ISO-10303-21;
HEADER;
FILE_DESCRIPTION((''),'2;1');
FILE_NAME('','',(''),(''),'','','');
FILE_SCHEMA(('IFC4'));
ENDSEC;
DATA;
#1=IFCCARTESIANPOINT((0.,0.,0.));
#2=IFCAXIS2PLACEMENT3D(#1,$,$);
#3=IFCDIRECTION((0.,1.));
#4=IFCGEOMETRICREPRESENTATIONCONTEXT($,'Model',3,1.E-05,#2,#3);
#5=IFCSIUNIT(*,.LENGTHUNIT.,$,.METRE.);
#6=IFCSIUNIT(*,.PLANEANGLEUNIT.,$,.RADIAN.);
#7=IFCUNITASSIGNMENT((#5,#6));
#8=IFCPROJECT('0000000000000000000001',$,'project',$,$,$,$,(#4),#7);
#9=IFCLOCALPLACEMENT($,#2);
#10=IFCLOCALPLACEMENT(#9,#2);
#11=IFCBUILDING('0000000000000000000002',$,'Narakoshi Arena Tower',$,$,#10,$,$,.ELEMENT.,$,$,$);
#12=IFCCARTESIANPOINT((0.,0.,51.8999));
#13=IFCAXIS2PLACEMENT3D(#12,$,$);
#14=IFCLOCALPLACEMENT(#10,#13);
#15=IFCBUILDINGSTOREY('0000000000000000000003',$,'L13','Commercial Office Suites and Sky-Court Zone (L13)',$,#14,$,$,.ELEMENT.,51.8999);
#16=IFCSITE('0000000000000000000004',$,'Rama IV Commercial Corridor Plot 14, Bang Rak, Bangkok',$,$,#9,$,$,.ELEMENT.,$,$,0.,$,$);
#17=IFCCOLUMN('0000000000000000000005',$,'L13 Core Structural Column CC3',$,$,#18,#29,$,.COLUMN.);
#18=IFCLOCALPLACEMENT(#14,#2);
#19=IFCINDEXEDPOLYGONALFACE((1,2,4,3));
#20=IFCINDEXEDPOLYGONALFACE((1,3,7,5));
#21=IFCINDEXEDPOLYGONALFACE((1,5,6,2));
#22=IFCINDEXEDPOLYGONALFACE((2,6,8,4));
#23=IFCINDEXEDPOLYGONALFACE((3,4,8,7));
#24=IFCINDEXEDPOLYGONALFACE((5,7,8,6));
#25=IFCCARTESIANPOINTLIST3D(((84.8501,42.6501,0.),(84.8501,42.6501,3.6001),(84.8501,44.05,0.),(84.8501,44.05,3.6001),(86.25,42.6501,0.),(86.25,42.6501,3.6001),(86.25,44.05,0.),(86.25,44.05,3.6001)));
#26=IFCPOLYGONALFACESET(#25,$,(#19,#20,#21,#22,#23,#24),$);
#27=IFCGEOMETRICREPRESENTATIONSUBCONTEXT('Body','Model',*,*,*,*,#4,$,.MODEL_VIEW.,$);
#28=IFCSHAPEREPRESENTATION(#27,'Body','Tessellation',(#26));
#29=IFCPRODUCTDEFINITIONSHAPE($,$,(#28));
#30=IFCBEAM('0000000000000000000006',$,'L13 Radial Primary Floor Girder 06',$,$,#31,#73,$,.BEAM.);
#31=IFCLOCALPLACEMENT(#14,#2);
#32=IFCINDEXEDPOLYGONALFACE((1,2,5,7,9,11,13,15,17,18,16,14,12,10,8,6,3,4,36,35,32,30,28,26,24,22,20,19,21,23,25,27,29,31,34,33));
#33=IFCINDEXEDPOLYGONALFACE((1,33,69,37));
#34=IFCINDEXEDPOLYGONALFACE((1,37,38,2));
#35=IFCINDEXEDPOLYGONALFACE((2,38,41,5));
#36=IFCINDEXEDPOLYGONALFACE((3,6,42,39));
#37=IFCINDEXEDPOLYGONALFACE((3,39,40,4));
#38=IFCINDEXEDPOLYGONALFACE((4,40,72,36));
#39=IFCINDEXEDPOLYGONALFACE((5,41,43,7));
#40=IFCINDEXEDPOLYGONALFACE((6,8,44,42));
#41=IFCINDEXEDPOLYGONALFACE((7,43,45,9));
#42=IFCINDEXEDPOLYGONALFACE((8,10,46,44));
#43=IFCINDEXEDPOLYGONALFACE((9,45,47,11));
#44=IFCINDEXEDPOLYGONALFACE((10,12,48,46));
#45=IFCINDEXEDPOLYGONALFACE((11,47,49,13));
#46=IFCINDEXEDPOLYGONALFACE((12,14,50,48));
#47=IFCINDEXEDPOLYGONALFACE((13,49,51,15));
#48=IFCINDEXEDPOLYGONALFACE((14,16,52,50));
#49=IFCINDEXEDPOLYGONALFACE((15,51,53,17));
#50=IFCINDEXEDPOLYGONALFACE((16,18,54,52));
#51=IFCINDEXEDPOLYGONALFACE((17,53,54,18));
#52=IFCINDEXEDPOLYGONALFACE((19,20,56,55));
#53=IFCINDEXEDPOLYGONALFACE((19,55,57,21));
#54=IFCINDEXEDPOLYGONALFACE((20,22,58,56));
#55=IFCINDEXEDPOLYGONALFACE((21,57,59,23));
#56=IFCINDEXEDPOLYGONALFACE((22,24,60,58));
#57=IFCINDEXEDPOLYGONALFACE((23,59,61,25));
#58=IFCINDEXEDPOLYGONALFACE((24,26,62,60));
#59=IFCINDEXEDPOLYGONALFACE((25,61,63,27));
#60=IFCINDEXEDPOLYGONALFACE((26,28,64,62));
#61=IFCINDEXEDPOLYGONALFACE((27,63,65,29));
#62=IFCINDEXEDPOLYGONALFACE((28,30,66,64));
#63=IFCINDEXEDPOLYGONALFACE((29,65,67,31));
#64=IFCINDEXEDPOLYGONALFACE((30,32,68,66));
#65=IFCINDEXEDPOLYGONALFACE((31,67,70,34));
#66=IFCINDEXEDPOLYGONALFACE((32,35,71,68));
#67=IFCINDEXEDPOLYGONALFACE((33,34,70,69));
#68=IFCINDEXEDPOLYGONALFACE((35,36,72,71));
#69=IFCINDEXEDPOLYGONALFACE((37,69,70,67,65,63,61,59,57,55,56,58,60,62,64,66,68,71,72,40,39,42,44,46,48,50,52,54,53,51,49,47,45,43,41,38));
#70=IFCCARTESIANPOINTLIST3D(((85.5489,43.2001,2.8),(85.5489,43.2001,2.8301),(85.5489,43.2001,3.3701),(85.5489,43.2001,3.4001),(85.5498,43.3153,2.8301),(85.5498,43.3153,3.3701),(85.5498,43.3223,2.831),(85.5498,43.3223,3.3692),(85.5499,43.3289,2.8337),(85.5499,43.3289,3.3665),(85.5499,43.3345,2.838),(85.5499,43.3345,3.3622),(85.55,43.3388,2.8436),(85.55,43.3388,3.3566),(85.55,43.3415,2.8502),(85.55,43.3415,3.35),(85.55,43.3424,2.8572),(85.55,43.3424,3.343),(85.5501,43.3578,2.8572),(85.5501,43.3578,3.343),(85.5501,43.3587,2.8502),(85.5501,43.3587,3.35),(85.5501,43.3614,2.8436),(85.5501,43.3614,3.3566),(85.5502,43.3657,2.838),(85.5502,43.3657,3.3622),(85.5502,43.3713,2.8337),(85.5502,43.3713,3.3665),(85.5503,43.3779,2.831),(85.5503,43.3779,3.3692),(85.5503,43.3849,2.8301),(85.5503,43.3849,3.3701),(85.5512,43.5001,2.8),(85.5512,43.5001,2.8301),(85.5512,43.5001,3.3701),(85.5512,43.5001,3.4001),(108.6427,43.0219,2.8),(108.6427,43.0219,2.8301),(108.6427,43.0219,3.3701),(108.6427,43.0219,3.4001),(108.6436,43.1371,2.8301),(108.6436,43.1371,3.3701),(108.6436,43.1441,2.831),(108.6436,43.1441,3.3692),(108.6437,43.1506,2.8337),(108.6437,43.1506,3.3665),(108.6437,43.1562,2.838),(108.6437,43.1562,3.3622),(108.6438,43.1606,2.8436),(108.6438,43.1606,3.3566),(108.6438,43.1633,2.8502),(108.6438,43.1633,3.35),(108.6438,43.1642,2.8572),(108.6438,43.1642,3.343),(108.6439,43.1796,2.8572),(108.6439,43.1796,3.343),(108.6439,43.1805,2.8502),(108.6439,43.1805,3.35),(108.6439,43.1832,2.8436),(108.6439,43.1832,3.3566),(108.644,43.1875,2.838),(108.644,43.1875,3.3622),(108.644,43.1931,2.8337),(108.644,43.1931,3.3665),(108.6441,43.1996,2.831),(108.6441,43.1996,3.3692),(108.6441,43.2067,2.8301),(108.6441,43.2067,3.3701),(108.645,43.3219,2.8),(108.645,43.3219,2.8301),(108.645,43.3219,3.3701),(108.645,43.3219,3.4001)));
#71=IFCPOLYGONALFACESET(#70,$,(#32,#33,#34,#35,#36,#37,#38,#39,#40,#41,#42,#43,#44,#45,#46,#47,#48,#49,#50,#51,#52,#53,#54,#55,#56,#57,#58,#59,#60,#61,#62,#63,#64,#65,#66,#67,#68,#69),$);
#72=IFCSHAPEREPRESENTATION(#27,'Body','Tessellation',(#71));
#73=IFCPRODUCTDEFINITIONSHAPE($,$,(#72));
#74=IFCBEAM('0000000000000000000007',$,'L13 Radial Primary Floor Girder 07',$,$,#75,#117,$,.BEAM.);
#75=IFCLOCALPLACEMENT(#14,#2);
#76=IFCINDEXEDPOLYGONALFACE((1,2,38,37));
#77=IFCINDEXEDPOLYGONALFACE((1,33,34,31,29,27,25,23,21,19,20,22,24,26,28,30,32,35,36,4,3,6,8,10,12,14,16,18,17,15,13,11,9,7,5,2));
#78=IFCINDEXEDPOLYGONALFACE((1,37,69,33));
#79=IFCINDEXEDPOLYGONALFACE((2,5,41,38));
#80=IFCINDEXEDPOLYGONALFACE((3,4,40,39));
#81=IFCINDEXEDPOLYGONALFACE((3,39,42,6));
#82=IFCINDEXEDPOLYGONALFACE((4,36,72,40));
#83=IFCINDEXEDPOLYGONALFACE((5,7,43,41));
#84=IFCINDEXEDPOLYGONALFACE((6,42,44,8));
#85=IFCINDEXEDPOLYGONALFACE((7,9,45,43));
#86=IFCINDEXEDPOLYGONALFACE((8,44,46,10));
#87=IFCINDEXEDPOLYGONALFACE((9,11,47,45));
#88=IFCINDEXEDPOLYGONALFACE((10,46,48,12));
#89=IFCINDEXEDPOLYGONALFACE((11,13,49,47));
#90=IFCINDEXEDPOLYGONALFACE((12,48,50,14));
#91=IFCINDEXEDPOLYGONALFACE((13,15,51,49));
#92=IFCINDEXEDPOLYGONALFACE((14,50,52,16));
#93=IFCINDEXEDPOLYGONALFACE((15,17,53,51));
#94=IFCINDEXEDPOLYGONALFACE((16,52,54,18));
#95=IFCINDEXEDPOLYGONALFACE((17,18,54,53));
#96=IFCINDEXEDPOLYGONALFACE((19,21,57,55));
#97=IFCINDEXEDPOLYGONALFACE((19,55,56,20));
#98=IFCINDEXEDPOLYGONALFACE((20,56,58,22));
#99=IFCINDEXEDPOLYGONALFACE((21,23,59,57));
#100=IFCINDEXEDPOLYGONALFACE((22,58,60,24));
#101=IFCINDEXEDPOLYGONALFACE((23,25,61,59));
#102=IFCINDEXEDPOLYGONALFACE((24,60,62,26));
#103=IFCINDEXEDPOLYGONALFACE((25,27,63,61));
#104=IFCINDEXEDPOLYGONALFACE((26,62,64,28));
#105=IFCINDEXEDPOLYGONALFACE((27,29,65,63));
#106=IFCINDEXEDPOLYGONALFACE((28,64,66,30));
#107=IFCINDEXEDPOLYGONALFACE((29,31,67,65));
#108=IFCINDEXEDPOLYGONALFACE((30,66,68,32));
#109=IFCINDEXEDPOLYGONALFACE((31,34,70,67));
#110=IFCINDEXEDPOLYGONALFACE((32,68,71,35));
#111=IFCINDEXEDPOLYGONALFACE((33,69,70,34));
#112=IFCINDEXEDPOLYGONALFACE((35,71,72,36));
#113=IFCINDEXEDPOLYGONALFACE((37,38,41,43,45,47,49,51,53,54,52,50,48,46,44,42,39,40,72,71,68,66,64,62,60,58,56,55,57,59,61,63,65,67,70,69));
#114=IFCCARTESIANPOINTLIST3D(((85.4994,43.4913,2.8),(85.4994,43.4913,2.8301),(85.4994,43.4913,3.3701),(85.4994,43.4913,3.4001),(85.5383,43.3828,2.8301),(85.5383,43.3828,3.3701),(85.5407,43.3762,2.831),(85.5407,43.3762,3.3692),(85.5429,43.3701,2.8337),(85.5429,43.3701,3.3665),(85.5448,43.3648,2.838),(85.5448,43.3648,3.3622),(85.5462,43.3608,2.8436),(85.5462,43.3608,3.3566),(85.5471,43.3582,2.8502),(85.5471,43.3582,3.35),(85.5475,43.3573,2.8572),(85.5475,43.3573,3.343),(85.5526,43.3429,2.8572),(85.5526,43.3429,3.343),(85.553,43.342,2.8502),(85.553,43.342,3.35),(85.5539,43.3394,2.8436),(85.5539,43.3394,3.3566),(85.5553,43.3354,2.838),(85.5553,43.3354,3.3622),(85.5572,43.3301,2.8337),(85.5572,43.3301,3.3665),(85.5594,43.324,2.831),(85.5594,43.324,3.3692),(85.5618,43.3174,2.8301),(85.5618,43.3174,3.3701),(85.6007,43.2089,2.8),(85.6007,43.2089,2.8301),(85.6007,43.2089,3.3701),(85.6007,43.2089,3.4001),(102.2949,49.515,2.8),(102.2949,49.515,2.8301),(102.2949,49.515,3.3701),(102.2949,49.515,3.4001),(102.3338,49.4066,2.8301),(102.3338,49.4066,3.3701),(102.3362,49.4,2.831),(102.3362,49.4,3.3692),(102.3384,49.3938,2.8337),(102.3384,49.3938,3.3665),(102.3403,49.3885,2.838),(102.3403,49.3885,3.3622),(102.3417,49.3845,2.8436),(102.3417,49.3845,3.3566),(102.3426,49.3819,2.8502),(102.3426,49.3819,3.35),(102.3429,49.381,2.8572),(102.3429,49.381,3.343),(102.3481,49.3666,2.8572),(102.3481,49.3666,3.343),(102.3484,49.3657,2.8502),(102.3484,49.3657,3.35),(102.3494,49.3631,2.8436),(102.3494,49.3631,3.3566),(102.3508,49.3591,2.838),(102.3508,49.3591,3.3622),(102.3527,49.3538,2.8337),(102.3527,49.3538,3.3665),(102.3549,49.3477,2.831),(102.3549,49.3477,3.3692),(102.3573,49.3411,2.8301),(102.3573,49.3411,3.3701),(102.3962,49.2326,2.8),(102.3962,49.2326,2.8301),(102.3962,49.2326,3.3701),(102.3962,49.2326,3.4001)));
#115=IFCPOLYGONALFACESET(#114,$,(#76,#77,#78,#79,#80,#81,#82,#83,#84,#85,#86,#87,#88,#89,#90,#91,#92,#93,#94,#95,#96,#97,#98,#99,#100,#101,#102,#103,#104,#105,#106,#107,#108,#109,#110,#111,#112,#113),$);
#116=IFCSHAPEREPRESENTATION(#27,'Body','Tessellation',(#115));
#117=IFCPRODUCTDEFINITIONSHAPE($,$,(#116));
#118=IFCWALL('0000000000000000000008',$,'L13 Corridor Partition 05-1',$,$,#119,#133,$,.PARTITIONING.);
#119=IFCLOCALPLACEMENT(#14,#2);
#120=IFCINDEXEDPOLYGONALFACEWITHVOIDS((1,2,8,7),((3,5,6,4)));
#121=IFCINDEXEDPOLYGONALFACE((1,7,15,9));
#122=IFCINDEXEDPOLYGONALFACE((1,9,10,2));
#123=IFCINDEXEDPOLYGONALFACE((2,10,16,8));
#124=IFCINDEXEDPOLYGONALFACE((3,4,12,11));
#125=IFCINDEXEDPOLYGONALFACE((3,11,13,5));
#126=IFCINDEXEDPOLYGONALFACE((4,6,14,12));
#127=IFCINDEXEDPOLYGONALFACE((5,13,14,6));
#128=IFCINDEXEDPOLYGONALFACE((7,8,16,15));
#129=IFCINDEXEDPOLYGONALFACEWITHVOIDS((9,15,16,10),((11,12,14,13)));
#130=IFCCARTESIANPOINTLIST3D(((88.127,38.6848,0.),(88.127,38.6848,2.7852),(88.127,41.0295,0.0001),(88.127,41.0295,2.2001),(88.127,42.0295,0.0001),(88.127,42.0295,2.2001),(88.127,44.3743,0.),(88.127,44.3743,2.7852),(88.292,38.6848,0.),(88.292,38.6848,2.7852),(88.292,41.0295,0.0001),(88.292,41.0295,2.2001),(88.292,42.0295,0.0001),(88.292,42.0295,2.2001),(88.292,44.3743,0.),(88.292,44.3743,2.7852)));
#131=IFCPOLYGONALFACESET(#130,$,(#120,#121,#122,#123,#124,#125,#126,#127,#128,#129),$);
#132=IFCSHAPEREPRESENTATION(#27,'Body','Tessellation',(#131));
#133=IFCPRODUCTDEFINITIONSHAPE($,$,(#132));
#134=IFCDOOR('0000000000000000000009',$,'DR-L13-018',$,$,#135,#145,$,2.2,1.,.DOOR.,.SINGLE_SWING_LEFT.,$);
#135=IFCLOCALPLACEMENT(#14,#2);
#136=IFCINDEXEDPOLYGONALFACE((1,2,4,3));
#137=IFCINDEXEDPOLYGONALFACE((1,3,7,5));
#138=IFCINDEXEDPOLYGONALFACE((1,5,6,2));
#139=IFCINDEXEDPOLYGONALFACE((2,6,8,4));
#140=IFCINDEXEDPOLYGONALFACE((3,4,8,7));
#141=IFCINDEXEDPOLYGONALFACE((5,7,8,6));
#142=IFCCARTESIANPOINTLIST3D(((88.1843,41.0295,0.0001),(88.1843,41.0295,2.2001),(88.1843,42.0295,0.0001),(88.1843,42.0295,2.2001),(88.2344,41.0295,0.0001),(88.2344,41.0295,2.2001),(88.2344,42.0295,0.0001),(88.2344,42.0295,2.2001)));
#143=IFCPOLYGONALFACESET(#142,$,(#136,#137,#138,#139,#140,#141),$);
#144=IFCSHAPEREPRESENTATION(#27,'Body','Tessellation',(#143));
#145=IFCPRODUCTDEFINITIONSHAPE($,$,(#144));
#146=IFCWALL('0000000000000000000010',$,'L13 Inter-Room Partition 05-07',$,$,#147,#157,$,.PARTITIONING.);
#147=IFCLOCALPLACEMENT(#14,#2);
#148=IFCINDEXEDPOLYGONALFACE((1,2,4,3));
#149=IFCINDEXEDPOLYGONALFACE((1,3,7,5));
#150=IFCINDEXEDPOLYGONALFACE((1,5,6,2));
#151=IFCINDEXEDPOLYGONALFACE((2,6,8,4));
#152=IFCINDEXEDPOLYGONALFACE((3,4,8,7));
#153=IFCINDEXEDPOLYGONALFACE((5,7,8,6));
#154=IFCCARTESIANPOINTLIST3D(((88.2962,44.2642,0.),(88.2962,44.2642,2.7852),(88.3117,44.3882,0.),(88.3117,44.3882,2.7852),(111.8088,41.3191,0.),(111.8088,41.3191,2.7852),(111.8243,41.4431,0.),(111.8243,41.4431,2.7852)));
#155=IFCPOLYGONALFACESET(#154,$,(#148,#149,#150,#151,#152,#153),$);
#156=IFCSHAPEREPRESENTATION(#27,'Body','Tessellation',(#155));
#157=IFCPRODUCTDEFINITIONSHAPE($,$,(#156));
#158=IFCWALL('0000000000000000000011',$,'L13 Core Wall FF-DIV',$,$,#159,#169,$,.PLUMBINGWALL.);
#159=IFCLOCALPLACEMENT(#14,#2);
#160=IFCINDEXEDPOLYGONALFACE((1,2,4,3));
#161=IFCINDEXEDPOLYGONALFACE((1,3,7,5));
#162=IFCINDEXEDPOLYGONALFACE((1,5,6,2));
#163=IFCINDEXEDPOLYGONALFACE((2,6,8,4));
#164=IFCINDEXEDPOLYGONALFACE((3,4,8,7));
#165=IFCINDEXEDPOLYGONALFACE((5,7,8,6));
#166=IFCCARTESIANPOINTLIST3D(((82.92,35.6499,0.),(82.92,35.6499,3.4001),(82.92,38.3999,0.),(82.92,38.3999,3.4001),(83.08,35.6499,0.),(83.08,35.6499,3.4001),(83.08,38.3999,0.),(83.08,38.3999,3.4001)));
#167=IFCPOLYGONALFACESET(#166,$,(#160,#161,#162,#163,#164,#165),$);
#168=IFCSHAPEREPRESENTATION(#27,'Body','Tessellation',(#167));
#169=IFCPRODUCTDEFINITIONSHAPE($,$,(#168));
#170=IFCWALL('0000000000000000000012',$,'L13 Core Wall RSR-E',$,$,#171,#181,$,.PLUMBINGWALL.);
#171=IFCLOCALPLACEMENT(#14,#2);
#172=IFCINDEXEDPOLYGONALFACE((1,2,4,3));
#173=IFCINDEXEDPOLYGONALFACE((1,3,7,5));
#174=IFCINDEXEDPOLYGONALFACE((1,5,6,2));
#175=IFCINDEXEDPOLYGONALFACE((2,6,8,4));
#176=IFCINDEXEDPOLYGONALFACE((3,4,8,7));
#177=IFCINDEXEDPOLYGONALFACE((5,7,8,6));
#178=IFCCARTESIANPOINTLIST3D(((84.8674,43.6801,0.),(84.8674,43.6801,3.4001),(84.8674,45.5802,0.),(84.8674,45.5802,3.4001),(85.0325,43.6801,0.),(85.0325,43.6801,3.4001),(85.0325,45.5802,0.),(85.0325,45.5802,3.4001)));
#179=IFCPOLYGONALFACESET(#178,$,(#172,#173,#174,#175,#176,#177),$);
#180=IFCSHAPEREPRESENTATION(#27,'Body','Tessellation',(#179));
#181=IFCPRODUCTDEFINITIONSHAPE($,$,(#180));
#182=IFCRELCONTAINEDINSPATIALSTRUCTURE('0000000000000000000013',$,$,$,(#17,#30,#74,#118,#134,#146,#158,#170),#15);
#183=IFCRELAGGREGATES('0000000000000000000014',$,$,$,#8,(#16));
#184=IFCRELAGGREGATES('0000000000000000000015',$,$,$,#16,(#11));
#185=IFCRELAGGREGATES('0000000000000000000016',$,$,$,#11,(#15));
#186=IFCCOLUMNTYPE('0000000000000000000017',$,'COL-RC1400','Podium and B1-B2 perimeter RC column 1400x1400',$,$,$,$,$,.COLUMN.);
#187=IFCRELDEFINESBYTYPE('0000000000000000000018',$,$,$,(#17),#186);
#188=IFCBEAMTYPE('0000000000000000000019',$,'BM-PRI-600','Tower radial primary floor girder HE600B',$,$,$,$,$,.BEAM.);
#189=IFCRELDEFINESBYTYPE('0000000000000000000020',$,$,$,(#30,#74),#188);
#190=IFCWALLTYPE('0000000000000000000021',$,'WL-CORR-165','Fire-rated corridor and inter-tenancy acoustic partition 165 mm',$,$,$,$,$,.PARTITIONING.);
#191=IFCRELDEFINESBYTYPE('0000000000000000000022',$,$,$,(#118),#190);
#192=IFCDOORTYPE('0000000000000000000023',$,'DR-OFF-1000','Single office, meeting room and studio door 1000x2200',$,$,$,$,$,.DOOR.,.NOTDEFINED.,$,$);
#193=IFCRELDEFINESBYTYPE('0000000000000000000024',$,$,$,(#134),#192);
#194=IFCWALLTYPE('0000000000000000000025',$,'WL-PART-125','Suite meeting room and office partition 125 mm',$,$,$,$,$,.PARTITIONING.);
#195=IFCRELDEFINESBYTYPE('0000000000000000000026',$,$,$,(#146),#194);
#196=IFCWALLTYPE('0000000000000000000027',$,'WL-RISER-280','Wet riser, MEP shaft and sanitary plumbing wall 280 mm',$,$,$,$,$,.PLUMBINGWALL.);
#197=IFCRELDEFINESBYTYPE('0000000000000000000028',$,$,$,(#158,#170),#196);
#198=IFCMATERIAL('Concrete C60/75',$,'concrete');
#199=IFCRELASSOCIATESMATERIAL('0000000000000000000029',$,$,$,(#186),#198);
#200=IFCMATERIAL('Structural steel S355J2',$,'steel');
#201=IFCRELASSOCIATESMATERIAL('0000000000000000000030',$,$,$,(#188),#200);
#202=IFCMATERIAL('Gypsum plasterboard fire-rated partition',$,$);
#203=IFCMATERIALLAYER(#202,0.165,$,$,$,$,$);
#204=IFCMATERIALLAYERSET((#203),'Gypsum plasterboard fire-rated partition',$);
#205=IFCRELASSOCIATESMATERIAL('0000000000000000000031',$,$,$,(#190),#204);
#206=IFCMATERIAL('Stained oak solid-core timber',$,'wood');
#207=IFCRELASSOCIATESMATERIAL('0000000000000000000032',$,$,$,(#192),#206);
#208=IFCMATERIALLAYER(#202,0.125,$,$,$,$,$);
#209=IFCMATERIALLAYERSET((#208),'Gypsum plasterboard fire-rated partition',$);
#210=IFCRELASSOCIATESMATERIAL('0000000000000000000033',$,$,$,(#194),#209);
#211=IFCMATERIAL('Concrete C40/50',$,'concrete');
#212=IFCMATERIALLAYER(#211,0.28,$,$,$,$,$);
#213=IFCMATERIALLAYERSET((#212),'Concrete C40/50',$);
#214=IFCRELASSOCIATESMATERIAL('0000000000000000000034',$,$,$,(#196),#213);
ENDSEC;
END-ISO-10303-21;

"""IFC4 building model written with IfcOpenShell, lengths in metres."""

from ifc_helpers import new_model, si_unit, direction, frame, frame_2d, origin, origin_2d, place, context, subcontext, project, spatial, rectangle, i_section, extrude, material, layer, layer_set, material_profile, profile_set, type_object, element, fill, save


model = new_model("IFC4")

# Units and contexts
model_context = context("Model", 3, precision=1e-05, world=origin(), true_north=direction((0.0, 1.0)))
body_context = subcontext(model_context, "Body", "Model", "MODEL_VIEW")
ifc_project = project(units=[si_unit("LENGTHUNIT", "METRE"), si_unit("PLANEANGLEUNIT", "RADIAN")], contexts=[model_context])

# Site, building, storey
site_placement = place(None, origin())
site = spatial("IfcSite", under=ifc_project, at=site_placement, Name="Rama IV Commercial Corridor Plot 14, Bang Rak, Bangkok", CompositionType="ELEMENT", RefElevation=0.0)
building_placement = place(site_placement, origin())
building = spatial("IfcBuilding", under=site, at=building_placement, Name="Narakoshi Arena Tower", CompositionType="ELEMENT")
storey_placement = place(building_placement, frame((0.0, 0.0, 51.8999)))
storey = spatial("IfcBuildingStorey", under=building, at=storey_placement, Name="L13", Description="Commercial Office Suites and Sky-Court Zone (L13)", CompositionType="ELEMENT", Elevation=51.8999)

# Column
ifc_material_1 = material(Name="Concrete C60/75", Category="concrete")
ifc_material_profile_1 = material_profile(ifc_material_1, rectangle(XDim=1.3999, YDim=1.3999, at=origin_2d()), Name="RC1400x1400")
ifc_profile_set_1 = profile_set([ifc_material_profile_1], Name="Concrete C60/75")
column_type = type_object("IfcColumnType", Name="COL-RC1400", Description="Podium and B1-B2 perimeter RC column 1400x1400", PredefinedType="COLUMN", material=ifc_profile_set_1)
column_placement = place(storey_placement, frame((85.55, 43.3501, 0.0), z_axis=(0.0, 0.0, 1.0), x_axis=(1.0, 0.0, 0.0)))
element("IfcColumn", 1, at=column_placement, inside=storey, type_object=column_type, Name="L13 Core Structural Column CC3", PredefinedType="COLUMN", context=body_context, shape_type="SweptSolid", body=[
    extrude(rectangle(XDim=1.3999, YDim=1.3999, at=origin_2d()), origin(), (0.0, 0.0, 1.0), 3.6001),
])

# Beams
ifc_material_2 = material(Name="Structural steel S355J2", Category="steel")
ifc_material_profile_2 = material_profile(ifc_material_2, i_section(OverallWidth=0.3, OverallDepth=0.6001, WebThickness=0.0154, FlangeThickness=0.03, FilletRadius=0.0271, at=origin_2d()), Name="HE600B")
ifc_profile_set_2 = profile_set([ifc_material_profile_2], Name="Structural steel S355J2")
beam_type = type_object("IfcBeamType", Name="BM-PRI-600", Description="Tower radial primary floor girder HE600B", PredefinedType="BEAM", material=ifc_profile_set_2)
beam_1_placement = place(storey_placement, frame((85.55, 43.3501, 3.1001), z_axis=(0.99997, -0.007717, 0.0), x_axis=(0.007717, 0.99997, 0.0)))
element("IfcBeam", 2, at=beam_1_placement, inside=storey, type_object=beam_type, Name="L13 Radial Primary Floor Girder 06", PredefinedType="BEAM", context=body_context, shape_type="SweptSolid", body=[
    extrude(i_section(OverallWidth=0.3, OverallDepth=0.6001, WebThickness=0.0154, FlangeThickness=0.03, FilletRadius=0.0271, at=origin_2d()), origin(), (0.0, 0.0, 1.0), 23.0945),
])
beam_2_placement = place(storey_placement, frame((85.55, 43.3501, 3.1001), z_axis=(0.941292, 0.337595, 0.0), x_axis=(-0.337595, 0.941292, 0.0)))
element("IfcBeam", 3, at=beam_2_placement, inside=storey, type_object=beam_type, Name="L13 Radial Primary Floor Girder 07", PredefinedType="BEAM", context=body_context, shape_type="SweptSolid", body=[
    extrude(i_section(OverallWidth=0.3, OverallDepth=0.6001, WebThickness=0.0154, FlangeThickness=0.03, FilletRadius=0.0271, at=origin_2d()), origin(), (0.0, 0.0, 1.0), 17.843),
])

# Wall, opening, door
ifc_material_3 = material(Name="Gypsum plasterboard fire-rated partition")
ifc_layer_1 = layer(ifc_material_3, 0.165)
ifc_layer_set_1 = layer_set([ifc_layer_1], Name="Gypsum plasterboard fire-rated partition")
wall_type_1 = type_object("IfcWallType", Name="WL-CORR-165", Description="Fire-rated corridor and inter-tenancy acoustic partition 165 mm", PredefinedType="PARTITIONING", material=ifc_layer_set_1)
wall_1_placement = place(storey_placement, frame((88.2095, 38.6848, 0.0), z_axis=(0.0, 0.0, 1.0), x_axis=(0.0, 1.0, 0.0)))
wall_1 = element("IfcWall", 4, at=wall_1_placement, inside=storey, type_object=wall_type_1, Name="L13 Corridor Partition 05-1", PredefinedType="PARTITIONING", context=body_context, shape_type="SweptSolid", body=[
    extrude(rectangle(XDim=5.6895, YDim=0.165, at=frame_2d((2.8447, 0.0))), origin(), (0.0, 0.0, 1.0), 2.7852),
])
opening_1_placement = place(wall_1_placement, frame((2.3447, 0.0, 0.0)))
opening_1 = element("IfcOpeningElement", 5, at=opening_1_placement, cuts=wall_1, PredefinedType="OPENING", context=body_context, shape_type="SweptSolid", body=[
    extrude(rectangle(XDim=1.0, YDim=2.2, at=frame_2d((0.5, 1.1001))), frame((0.0, 0.0925, 0.0), z_axis=(0.0, -1.0, 0.0), x_axis=(1.0, 0.0, 0.0)), (0.0, 0.0, 1.0), 0.1851),
])
ifc_material_4 = material(Name="Stained oak solid-core timber", Category="wood")
door_type_1 = type_object("IfcDoorType", Name="DR-OFF-1000", Description="Single office, meeting room and studio door 1000x2200", OperationType="NOTDEFINED", PredefinedType="DOOR", material=ifc_material_4)
door_1_placement = place(opening_1_placement, frame((1.0, 0.0, 0.0), z_axis=(0.0, 0.0, 1.0), x_axis=(-1.0, 0.0, 0.0)))
door_1 = element("IfcDoor", 6, at=door_1_placement, inside=storey, type_object=door_type_1, Name="DR-L13-018", OperationType="SINGLE_SWING_LEFT", OverallHeight=2.2, OverallWidth=1.0, PredefinedType="DOOR", context=body_context, shape_type="SweptSolid", body=[
    extrude(rectangle(XDim=1.0, YDim=2.2, at=frame_2d((0.5, 1.1001))), frame((0.0, 0.0249, 0.0), z_axis=(0.0, -1.0, 0.0), x_axis=(1.0, 0.0, 0.0)), (0.0, 0.0, 1.0), 0.05),
])
fill(opening_1, door_1)

# Walls
ifc_layer_2 = layer(ifc_material_3, 0.125)
ifc_layer_set_2 = layer_set([ifc_layer_2], Name="Gypsum plasterboard fire-rated partition")
wall_type_2 = type_object("IfcWallType", Name="WL-PART-125", Description="Suite meeting room and office partition 125 mm", PredefinedType="PARTITIONING", material=ifc_layer_set_2)
wall_2_placement = place(storey_placement, frame((88.304, 44.3262, 0.0), z_axis=(0.0, 0.0, 1.0), x_axis=(0.992247, -0.124285, 0.0)))
element("IfcWall", 7, at=wall_2_placement, inside=storey, type_object=wall_type_2, Name="L13 Inter-Room Partition 05-07", PredefinedType="PARTITIONING", context=body_context, shape_type="SweptSolid", body=[
    extrude(rectangle(XDim=23.6963, YDim=0.125, at=frame_2d((11.8481, 0.0))), origin(), (0.0, 0.0, 1.0), 2.7852),
])
ifc_material_5 = material(Name="Concrete C40/50", Category="concrete")
ifc_layer_3 = layer(ifc_material_5, 0.28)
ifc_layer_set_3 = layer_set([ifc_layer_3], Name="Concrete C40/50")
wall_type_3 = type_object("IfcWallType", Name="WL-RISER-280", Description="Wet riser, MEP shaft and sanitary plumbing wall 280 mm", PredefinedType="PLUMBINGWALL", material=ifc_layer_set_3)
wall_3_placement = place(storey_placement, frame((83.0, 35.6499, 0.0), z_axis=(0.0, 0.0, 1.0), x_axis=(0.0, 1.0, 0.0)))
element("IfcWall", 8, at=wall_3_placement, inside=storey, type_object=wall_type_3, Name="L13 Core Wall FF-DIV", PredefinedType="PLUMBINGWALL", context=body_context, shape_type="SweptSolid", body=[
    extrude(rectangle(XDim=2.75, YDim=0.1599, at=frame_2d((1.375, 0.0))), origin(), (0.0, 0.0, 1.0), 3.4001),
])
wall_4_placement = place(storey_placement, frame((84.95, 43.6799, 0.0), z_axis=(0.0, 0.0, 1.0), x_axis=(0.0, 1.0, 0.0)))
element("IfcWall", 9, at=wall_4_placement, inside=storey, type_object=wall_type_3, Name="L13 Core Wall RSR-E", PredefinedType="PLUMBINGWALL", context=body_context, shape_type="SweptSolid", body=[
    extrude(rectangle(XDim=1.9001, YDim=0.165, at=frame_2d((0.9502, 0.0))), origin(), (0.0, 0.0, 1.0), 3.4001),
])

save(model, "model.ifc")
